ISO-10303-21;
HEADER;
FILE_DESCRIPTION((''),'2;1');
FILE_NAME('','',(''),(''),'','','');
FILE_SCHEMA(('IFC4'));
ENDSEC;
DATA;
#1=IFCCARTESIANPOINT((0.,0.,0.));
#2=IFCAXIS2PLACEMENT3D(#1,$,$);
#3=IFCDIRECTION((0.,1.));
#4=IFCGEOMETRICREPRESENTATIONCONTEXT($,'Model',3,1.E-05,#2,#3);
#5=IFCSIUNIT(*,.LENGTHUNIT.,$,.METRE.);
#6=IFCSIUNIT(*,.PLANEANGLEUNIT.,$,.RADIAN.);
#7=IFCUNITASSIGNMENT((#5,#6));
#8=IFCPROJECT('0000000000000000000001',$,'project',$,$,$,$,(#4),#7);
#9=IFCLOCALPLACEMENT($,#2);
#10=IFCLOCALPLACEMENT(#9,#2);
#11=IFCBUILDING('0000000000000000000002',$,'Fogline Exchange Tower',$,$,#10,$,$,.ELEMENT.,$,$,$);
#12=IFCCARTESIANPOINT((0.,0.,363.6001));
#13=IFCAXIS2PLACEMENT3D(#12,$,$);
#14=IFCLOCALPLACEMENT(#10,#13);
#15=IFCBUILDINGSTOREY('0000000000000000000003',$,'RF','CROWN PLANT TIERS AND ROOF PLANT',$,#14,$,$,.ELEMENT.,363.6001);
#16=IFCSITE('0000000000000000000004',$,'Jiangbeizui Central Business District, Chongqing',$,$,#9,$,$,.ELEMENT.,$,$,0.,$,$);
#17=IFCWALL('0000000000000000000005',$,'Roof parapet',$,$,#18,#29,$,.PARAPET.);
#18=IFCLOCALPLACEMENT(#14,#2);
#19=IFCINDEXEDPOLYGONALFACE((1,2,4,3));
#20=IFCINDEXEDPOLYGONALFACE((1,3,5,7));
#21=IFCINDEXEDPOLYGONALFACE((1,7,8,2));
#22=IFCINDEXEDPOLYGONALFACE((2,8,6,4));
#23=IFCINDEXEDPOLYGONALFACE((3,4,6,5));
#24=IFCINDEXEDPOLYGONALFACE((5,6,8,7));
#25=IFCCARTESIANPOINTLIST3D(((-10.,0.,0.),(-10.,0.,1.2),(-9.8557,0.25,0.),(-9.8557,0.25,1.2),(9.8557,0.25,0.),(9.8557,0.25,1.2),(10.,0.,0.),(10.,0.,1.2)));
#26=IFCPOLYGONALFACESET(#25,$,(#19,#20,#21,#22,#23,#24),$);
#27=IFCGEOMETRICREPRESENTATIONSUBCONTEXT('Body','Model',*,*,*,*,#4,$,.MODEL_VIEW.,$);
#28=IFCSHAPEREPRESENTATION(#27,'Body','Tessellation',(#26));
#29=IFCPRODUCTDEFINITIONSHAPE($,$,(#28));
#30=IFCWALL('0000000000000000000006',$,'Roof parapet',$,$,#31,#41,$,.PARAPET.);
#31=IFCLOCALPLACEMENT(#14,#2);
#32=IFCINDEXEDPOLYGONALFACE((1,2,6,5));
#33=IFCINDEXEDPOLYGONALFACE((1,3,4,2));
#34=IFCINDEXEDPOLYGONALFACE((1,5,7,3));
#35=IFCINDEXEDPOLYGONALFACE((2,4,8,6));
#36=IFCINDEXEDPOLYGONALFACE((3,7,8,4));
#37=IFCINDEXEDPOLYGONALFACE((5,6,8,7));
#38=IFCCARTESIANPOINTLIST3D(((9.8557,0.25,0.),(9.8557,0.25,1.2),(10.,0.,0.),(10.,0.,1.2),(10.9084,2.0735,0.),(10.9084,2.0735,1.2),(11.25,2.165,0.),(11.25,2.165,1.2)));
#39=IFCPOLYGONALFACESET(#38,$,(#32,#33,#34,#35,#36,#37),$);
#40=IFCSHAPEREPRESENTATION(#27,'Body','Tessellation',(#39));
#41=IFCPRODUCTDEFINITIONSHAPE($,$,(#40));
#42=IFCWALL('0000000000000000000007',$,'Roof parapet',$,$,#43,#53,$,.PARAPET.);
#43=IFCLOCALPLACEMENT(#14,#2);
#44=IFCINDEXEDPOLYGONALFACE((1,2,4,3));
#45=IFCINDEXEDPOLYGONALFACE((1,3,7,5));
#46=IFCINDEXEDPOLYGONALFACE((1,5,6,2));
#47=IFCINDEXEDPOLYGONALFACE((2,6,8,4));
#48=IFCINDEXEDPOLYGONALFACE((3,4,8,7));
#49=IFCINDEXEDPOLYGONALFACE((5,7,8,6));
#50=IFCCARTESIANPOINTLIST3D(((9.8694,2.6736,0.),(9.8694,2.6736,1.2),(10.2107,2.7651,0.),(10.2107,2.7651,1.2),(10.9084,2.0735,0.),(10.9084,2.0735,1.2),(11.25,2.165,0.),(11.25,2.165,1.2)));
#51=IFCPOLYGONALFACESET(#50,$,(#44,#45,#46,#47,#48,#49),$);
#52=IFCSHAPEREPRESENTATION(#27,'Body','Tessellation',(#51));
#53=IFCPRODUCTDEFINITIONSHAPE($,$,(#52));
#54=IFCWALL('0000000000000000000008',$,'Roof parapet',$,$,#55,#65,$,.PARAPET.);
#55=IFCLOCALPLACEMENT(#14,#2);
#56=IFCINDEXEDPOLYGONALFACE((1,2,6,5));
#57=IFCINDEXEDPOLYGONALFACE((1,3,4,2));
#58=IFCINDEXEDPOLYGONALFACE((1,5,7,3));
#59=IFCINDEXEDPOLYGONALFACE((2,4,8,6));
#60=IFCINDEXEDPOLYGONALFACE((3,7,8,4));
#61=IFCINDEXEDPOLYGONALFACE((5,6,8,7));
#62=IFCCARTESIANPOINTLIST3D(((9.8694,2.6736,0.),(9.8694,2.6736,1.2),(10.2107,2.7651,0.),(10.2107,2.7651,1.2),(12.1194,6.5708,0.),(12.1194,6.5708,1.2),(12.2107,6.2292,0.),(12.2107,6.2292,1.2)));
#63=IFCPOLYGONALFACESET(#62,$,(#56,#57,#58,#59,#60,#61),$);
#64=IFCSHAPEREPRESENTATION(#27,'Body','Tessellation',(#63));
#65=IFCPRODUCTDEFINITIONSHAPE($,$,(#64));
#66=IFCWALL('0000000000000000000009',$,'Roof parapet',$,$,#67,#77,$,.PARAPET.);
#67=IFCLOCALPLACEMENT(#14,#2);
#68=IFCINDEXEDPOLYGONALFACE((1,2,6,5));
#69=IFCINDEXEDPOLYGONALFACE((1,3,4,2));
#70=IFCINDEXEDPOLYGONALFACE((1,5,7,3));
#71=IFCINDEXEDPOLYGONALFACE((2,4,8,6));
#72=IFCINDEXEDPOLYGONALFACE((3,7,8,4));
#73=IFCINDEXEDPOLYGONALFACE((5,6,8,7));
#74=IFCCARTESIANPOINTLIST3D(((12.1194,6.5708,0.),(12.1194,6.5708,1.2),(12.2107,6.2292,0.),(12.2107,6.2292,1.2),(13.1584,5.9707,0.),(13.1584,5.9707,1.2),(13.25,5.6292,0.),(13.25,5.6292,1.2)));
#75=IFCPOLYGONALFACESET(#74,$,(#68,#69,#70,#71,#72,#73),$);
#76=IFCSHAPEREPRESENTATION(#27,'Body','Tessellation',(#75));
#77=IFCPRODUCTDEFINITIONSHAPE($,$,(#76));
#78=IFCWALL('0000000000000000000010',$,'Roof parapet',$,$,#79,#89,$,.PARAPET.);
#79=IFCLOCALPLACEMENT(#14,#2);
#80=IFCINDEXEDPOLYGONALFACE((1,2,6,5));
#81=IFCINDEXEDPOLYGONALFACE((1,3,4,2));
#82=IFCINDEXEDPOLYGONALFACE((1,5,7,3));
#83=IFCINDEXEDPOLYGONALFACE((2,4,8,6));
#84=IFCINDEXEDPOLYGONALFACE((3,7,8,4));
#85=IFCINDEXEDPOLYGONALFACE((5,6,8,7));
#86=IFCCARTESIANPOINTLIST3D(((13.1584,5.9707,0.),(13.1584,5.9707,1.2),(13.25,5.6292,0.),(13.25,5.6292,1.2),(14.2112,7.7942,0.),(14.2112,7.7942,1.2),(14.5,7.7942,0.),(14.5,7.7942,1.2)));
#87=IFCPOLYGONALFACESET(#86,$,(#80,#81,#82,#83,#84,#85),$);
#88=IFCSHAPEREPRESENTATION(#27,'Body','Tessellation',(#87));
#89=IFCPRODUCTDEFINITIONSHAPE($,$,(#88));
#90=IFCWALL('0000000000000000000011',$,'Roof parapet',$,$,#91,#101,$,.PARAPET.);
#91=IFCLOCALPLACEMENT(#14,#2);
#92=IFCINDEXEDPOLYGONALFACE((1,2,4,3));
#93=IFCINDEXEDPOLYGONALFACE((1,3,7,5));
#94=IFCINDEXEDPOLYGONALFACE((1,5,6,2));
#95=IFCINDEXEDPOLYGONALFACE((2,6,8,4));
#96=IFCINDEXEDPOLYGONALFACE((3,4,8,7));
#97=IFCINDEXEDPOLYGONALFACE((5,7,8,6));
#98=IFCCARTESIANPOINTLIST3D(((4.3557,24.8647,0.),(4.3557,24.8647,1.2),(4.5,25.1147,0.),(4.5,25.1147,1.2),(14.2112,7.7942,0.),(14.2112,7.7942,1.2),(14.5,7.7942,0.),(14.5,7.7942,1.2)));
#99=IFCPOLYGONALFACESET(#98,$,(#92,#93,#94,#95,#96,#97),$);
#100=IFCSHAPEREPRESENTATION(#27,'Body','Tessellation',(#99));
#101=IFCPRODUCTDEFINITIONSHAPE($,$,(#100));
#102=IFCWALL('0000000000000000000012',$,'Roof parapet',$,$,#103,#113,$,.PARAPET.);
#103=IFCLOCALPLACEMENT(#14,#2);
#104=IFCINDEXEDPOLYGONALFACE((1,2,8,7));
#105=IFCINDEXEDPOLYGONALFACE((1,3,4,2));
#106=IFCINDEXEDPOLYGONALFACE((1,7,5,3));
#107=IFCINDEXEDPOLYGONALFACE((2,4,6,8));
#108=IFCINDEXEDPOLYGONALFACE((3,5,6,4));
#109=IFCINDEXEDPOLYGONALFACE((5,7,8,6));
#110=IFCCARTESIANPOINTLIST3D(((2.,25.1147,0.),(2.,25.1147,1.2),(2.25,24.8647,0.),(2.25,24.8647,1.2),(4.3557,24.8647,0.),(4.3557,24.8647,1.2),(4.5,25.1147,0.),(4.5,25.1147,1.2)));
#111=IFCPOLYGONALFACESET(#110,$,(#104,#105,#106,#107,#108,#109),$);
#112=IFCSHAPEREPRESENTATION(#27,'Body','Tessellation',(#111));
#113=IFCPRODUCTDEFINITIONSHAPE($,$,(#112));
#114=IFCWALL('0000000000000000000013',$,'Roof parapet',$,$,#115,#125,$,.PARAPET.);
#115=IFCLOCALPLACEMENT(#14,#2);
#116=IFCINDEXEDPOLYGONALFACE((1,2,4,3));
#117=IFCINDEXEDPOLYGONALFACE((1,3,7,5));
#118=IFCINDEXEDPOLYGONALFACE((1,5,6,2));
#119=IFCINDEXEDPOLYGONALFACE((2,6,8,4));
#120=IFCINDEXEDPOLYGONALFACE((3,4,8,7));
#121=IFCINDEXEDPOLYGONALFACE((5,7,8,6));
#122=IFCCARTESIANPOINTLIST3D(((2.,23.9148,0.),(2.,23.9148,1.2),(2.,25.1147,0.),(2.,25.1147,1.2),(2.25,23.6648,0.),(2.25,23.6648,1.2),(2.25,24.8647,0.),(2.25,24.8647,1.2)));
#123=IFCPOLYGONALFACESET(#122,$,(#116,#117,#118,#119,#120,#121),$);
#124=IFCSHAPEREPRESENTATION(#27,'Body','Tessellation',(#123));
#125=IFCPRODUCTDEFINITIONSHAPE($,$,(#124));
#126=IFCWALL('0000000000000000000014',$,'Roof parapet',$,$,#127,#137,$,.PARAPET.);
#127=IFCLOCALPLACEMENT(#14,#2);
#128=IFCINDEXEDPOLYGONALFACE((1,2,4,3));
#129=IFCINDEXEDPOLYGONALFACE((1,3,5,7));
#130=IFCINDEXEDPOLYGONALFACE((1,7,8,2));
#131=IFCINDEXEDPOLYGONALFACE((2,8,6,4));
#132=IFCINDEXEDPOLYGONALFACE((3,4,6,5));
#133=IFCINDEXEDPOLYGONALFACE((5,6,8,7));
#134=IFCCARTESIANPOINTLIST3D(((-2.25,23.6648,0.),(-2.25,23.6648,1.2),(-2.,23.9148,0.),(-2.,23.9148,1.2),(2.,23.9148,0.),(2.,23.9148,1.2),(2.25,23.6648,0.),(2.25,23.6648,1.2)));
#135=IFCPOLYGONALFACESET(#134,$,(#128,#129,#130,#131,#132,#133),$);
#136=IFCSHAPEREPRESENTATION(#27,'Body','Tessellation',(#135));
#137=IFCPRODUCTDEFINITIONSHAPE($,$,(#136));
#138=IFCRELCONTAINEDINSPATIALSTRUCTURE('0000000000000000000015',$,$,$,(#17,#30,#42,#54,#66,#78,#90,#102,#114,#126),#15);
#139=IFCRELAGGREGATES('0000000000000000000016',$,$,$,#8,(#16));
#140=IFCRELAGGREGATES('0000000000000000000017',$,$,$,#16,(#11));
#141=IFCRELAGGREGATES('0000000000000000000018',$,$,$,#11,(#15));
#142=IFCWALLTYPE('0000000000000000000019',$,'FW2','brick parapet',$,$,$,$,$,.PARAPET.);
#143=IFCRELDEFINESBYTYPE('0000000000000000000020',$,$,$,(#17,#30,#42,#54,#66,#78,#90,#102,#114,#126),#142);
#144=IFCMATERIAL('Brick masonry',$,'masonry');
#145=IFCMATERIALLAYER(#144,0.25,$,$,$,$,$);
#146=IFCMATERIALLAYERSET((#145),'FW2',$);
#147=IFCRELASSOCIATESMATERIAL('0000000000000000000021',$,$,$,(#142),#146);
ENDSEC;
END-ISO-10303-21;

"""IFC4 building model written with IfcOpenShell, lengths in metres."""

from ifc_helpers import new_model, si_unit, direction, frame, origin, place, context, subcontext, project, spatial, polyline, outline, extrude, material, layer, layer_set, type_object, element, save


model = new_model("IFC4")

# Units and contexts
model_context = context("Model", 3, precision=1e-05, world=origin(), true_north=direction((0.0, 1.0)))
body_context = subcontext(model_context, "Body", "Model", "MODEL_VIEW")
ifc_project = project(units=[si_unit("LENGTHUNIT", "METRE"), si_unit("PLANEANGLEUNIT", "RADIAN")], contexts=[model_context])

# Site, building, storey
site_placement = place(None, origin())
site = spatial("IfcSite", under=ifc_project, at=site_placement, Name="Jiangbeizui Central Business District, Chongqing", CompositionType="ELEMENT", RefElevation=0.0)
building_placement = place(site_placement, origin())
building = spatial("IfcBuilding", under=site, at=building_placement, Name="Fogline Exchange Tower", CompositionType="ELEMENT")
storey_placement = place(building_placement, frame((0.0, 0.0, 363.6001)))
storey = spatial("IfcBuildingStorey", under=building, at=storey_placement, Name="RF", Description="CROWN PLANT TIERS AND ROOF PLANT", CompositionType="ELEMENT", Elevation=363.6001)

# Walls
ifc_material_1 = material(Name="Brick masonry", Category="masonry")
ifc_layer_1 = layer(ifc_material_1, 0.25)
ifc_layer_set_1 = layer_set([ifc_layer_1], Name="FW2")
wall_type_1 = type_object("IfcWallType", Name="FW2", Description="brick parapet", PredefinedType="PARAPET", material=ifc_layer_set_1)
wall_1_placement = place(storey_placement, origin())
element("IfcWall", 1, at=wall_1_placement, inside=storey, type_object=wall_type_1, Name="Roof parapet", PredefinedType="PARAPET", context=body_context, shape_type="SweptSolid", body=[
    extrude(outline(polyline([(-9.8557, 0.25), (-10.0, 0.0), (10.0, 0.0), (9.8557, 0.25), (-9.8557, 0.25)])), origin(), (0.0, 0.0, 1.0), 1.2),
])
wall_2_placement = place(storey_placement, origin())
element("IfcWall", 2, at=wall_2_placement, inside=storey, type_object=wall_type_1, Name="Roof parapet", PredefinedType="PARAPET", context=body_context, shape_type="SweptSolid", body=[
    extrude(outline(polyline([(9.8557, 0.25), (10.0, 0.0), (11.25, 2.165), (10.9084, 2.0735), (9.8557, 0.25)])), origin(), (0.0, 0.0, 1.0), 1.2),
])
wall_3_placement = place(storey_placement, origin())
element("IfcWall", 3, at=wall_3_placement, inside=storey, type_object=wall_type_1, Name="Roof parapet", PredefinedType="PARAPET", context=body_context, shape_type="SweptSolid", body=[
    extrude(outline(polyline([(10.9084, 2.0735), (11.25, 2.165), (10.2107, 2.7651), (9.8694, 2.6736), (10.9084, 2.0735)])), origin(), (0.0, 0.0, 1.0), 1.2),
])
wall_4_placement = place(storey_placement, origin())
element("IfcWall", 4, at=wall_4_placement, inside=storey, type_object=wall_type_1, Name="Roof parapet", PredefinedType="PARAPET", context=body_context, shape_type="SweptSolid", body=[
    extrude(outline(polyline([(9.8694, 2.6736), (10.2107, 2.7651), (12.2107, 6.2292), (12.1194, 6.5708), (9.8694, 2.6736)])), origin(), (0.0, 0.0, 1.0), 1.2),
])
wall_5_placement = place(storey_placement, origin())
element("IfcWall", 5, at=wall_5_placement, inside=storey, type_object=wall_type_1, Name="Roof parapet", PredefinedType="PARAPET", context=body_context, shape_type="SweptSolid", body=[
    extrude(outline(polyline([(12.1194, 6.5708), (12.2107, 6.2292), (13.25, 5.6292), (13.1584, 5.9707), (12.1194, 6.5708)])), origin(), (0.0, 0.0, 1.0), 1.2),
])
wall_6_placement = place(storey_placement, origin())
element("IfcWall", 6, at=wall_6_placement, inside=storey, type_object=wall_type_1, Name="Roof parapet", PredefinedType="PARAPET", context=body_context, shape_type="SweptSolid", body=[
    extrude(outline(polyline([(13.1584, 5.9707), (13.25, 5.6292), (14.5, 7.7942), (14.2112, 7.7942), (13.1584, 5.9707)])), origin(), (0.0, 0.0, 1.0), 1.2),
])
wall_7_placement = place(storey_placement, origin())
element("IfcWall", 7, at=wall_7_placement, inside=storey, type_object=wall_type_1, Name="Roof parapet", PredefinedType="PARAPET", context=body_context, shape_type="SweptSolid", body=[
    extrude(outline(polyline([(14.2112, 7.7942), (14.5, 7.7942), (4.5, 25.1147), (4.3557, 24.8647), (14.2112, 7.7942)])), origin(), (0.0, 0.0, 1.0), 1.2),
])
wall_8_placement = place(storey_placement, origin())
element("IfcWall", 8, at=wall_8_placement, inside=storey, type_object=wall_type_1, Name="Roof parapet", PredefinedType="PARAPET", context=body_context, shape_type="SweptSolid", body=[
    extrude(outline(polyline([(4.3557, 24.8647), (4.5, 25.1147), (2.0, 25.1147), (2.25, 24.8647), (4.3557, 24.8647)])), origin(), (0.0, 0.0, 1.0), 1.2),
])
wall_9_placement = place(storey_placement, origin())
element("IfcWall", 9, at=wall_9_placement, inside=storey, type_object=wall_type_1, Name="Roof parapet", PredefinedType="PARAPET", context=body_context, shape_type="SweptSolid", body=[
    extrude(outline(polyline([(2.25, 24.8647), (2.0, 25.1147), (2.0, 23.9148), (2.25, 23.6648), (2.25, 24.8647)])), origin(), (0.0, 0.0, 1.0), 1.2),
])
wall_10_placement = place(storey_placement, origin())
element("IfcWall", 10, at=wall_10_placement, inside=storey, type_object=wall_type_1, Name="Roof parapet", PredefinedType="PARAPET", context=body_context, shape_type="SweptSolid", body=[
    extrude(outline(polyline([(2.25, 23.6648), (2.0, 23.9148), (-2.0, 23.9148), (-2.25, 23.6648), (2.25, 23.6648)])), origin(), (0.0, 0.0, 1.0), 1.2),
])

save(model, "model.ifc")
